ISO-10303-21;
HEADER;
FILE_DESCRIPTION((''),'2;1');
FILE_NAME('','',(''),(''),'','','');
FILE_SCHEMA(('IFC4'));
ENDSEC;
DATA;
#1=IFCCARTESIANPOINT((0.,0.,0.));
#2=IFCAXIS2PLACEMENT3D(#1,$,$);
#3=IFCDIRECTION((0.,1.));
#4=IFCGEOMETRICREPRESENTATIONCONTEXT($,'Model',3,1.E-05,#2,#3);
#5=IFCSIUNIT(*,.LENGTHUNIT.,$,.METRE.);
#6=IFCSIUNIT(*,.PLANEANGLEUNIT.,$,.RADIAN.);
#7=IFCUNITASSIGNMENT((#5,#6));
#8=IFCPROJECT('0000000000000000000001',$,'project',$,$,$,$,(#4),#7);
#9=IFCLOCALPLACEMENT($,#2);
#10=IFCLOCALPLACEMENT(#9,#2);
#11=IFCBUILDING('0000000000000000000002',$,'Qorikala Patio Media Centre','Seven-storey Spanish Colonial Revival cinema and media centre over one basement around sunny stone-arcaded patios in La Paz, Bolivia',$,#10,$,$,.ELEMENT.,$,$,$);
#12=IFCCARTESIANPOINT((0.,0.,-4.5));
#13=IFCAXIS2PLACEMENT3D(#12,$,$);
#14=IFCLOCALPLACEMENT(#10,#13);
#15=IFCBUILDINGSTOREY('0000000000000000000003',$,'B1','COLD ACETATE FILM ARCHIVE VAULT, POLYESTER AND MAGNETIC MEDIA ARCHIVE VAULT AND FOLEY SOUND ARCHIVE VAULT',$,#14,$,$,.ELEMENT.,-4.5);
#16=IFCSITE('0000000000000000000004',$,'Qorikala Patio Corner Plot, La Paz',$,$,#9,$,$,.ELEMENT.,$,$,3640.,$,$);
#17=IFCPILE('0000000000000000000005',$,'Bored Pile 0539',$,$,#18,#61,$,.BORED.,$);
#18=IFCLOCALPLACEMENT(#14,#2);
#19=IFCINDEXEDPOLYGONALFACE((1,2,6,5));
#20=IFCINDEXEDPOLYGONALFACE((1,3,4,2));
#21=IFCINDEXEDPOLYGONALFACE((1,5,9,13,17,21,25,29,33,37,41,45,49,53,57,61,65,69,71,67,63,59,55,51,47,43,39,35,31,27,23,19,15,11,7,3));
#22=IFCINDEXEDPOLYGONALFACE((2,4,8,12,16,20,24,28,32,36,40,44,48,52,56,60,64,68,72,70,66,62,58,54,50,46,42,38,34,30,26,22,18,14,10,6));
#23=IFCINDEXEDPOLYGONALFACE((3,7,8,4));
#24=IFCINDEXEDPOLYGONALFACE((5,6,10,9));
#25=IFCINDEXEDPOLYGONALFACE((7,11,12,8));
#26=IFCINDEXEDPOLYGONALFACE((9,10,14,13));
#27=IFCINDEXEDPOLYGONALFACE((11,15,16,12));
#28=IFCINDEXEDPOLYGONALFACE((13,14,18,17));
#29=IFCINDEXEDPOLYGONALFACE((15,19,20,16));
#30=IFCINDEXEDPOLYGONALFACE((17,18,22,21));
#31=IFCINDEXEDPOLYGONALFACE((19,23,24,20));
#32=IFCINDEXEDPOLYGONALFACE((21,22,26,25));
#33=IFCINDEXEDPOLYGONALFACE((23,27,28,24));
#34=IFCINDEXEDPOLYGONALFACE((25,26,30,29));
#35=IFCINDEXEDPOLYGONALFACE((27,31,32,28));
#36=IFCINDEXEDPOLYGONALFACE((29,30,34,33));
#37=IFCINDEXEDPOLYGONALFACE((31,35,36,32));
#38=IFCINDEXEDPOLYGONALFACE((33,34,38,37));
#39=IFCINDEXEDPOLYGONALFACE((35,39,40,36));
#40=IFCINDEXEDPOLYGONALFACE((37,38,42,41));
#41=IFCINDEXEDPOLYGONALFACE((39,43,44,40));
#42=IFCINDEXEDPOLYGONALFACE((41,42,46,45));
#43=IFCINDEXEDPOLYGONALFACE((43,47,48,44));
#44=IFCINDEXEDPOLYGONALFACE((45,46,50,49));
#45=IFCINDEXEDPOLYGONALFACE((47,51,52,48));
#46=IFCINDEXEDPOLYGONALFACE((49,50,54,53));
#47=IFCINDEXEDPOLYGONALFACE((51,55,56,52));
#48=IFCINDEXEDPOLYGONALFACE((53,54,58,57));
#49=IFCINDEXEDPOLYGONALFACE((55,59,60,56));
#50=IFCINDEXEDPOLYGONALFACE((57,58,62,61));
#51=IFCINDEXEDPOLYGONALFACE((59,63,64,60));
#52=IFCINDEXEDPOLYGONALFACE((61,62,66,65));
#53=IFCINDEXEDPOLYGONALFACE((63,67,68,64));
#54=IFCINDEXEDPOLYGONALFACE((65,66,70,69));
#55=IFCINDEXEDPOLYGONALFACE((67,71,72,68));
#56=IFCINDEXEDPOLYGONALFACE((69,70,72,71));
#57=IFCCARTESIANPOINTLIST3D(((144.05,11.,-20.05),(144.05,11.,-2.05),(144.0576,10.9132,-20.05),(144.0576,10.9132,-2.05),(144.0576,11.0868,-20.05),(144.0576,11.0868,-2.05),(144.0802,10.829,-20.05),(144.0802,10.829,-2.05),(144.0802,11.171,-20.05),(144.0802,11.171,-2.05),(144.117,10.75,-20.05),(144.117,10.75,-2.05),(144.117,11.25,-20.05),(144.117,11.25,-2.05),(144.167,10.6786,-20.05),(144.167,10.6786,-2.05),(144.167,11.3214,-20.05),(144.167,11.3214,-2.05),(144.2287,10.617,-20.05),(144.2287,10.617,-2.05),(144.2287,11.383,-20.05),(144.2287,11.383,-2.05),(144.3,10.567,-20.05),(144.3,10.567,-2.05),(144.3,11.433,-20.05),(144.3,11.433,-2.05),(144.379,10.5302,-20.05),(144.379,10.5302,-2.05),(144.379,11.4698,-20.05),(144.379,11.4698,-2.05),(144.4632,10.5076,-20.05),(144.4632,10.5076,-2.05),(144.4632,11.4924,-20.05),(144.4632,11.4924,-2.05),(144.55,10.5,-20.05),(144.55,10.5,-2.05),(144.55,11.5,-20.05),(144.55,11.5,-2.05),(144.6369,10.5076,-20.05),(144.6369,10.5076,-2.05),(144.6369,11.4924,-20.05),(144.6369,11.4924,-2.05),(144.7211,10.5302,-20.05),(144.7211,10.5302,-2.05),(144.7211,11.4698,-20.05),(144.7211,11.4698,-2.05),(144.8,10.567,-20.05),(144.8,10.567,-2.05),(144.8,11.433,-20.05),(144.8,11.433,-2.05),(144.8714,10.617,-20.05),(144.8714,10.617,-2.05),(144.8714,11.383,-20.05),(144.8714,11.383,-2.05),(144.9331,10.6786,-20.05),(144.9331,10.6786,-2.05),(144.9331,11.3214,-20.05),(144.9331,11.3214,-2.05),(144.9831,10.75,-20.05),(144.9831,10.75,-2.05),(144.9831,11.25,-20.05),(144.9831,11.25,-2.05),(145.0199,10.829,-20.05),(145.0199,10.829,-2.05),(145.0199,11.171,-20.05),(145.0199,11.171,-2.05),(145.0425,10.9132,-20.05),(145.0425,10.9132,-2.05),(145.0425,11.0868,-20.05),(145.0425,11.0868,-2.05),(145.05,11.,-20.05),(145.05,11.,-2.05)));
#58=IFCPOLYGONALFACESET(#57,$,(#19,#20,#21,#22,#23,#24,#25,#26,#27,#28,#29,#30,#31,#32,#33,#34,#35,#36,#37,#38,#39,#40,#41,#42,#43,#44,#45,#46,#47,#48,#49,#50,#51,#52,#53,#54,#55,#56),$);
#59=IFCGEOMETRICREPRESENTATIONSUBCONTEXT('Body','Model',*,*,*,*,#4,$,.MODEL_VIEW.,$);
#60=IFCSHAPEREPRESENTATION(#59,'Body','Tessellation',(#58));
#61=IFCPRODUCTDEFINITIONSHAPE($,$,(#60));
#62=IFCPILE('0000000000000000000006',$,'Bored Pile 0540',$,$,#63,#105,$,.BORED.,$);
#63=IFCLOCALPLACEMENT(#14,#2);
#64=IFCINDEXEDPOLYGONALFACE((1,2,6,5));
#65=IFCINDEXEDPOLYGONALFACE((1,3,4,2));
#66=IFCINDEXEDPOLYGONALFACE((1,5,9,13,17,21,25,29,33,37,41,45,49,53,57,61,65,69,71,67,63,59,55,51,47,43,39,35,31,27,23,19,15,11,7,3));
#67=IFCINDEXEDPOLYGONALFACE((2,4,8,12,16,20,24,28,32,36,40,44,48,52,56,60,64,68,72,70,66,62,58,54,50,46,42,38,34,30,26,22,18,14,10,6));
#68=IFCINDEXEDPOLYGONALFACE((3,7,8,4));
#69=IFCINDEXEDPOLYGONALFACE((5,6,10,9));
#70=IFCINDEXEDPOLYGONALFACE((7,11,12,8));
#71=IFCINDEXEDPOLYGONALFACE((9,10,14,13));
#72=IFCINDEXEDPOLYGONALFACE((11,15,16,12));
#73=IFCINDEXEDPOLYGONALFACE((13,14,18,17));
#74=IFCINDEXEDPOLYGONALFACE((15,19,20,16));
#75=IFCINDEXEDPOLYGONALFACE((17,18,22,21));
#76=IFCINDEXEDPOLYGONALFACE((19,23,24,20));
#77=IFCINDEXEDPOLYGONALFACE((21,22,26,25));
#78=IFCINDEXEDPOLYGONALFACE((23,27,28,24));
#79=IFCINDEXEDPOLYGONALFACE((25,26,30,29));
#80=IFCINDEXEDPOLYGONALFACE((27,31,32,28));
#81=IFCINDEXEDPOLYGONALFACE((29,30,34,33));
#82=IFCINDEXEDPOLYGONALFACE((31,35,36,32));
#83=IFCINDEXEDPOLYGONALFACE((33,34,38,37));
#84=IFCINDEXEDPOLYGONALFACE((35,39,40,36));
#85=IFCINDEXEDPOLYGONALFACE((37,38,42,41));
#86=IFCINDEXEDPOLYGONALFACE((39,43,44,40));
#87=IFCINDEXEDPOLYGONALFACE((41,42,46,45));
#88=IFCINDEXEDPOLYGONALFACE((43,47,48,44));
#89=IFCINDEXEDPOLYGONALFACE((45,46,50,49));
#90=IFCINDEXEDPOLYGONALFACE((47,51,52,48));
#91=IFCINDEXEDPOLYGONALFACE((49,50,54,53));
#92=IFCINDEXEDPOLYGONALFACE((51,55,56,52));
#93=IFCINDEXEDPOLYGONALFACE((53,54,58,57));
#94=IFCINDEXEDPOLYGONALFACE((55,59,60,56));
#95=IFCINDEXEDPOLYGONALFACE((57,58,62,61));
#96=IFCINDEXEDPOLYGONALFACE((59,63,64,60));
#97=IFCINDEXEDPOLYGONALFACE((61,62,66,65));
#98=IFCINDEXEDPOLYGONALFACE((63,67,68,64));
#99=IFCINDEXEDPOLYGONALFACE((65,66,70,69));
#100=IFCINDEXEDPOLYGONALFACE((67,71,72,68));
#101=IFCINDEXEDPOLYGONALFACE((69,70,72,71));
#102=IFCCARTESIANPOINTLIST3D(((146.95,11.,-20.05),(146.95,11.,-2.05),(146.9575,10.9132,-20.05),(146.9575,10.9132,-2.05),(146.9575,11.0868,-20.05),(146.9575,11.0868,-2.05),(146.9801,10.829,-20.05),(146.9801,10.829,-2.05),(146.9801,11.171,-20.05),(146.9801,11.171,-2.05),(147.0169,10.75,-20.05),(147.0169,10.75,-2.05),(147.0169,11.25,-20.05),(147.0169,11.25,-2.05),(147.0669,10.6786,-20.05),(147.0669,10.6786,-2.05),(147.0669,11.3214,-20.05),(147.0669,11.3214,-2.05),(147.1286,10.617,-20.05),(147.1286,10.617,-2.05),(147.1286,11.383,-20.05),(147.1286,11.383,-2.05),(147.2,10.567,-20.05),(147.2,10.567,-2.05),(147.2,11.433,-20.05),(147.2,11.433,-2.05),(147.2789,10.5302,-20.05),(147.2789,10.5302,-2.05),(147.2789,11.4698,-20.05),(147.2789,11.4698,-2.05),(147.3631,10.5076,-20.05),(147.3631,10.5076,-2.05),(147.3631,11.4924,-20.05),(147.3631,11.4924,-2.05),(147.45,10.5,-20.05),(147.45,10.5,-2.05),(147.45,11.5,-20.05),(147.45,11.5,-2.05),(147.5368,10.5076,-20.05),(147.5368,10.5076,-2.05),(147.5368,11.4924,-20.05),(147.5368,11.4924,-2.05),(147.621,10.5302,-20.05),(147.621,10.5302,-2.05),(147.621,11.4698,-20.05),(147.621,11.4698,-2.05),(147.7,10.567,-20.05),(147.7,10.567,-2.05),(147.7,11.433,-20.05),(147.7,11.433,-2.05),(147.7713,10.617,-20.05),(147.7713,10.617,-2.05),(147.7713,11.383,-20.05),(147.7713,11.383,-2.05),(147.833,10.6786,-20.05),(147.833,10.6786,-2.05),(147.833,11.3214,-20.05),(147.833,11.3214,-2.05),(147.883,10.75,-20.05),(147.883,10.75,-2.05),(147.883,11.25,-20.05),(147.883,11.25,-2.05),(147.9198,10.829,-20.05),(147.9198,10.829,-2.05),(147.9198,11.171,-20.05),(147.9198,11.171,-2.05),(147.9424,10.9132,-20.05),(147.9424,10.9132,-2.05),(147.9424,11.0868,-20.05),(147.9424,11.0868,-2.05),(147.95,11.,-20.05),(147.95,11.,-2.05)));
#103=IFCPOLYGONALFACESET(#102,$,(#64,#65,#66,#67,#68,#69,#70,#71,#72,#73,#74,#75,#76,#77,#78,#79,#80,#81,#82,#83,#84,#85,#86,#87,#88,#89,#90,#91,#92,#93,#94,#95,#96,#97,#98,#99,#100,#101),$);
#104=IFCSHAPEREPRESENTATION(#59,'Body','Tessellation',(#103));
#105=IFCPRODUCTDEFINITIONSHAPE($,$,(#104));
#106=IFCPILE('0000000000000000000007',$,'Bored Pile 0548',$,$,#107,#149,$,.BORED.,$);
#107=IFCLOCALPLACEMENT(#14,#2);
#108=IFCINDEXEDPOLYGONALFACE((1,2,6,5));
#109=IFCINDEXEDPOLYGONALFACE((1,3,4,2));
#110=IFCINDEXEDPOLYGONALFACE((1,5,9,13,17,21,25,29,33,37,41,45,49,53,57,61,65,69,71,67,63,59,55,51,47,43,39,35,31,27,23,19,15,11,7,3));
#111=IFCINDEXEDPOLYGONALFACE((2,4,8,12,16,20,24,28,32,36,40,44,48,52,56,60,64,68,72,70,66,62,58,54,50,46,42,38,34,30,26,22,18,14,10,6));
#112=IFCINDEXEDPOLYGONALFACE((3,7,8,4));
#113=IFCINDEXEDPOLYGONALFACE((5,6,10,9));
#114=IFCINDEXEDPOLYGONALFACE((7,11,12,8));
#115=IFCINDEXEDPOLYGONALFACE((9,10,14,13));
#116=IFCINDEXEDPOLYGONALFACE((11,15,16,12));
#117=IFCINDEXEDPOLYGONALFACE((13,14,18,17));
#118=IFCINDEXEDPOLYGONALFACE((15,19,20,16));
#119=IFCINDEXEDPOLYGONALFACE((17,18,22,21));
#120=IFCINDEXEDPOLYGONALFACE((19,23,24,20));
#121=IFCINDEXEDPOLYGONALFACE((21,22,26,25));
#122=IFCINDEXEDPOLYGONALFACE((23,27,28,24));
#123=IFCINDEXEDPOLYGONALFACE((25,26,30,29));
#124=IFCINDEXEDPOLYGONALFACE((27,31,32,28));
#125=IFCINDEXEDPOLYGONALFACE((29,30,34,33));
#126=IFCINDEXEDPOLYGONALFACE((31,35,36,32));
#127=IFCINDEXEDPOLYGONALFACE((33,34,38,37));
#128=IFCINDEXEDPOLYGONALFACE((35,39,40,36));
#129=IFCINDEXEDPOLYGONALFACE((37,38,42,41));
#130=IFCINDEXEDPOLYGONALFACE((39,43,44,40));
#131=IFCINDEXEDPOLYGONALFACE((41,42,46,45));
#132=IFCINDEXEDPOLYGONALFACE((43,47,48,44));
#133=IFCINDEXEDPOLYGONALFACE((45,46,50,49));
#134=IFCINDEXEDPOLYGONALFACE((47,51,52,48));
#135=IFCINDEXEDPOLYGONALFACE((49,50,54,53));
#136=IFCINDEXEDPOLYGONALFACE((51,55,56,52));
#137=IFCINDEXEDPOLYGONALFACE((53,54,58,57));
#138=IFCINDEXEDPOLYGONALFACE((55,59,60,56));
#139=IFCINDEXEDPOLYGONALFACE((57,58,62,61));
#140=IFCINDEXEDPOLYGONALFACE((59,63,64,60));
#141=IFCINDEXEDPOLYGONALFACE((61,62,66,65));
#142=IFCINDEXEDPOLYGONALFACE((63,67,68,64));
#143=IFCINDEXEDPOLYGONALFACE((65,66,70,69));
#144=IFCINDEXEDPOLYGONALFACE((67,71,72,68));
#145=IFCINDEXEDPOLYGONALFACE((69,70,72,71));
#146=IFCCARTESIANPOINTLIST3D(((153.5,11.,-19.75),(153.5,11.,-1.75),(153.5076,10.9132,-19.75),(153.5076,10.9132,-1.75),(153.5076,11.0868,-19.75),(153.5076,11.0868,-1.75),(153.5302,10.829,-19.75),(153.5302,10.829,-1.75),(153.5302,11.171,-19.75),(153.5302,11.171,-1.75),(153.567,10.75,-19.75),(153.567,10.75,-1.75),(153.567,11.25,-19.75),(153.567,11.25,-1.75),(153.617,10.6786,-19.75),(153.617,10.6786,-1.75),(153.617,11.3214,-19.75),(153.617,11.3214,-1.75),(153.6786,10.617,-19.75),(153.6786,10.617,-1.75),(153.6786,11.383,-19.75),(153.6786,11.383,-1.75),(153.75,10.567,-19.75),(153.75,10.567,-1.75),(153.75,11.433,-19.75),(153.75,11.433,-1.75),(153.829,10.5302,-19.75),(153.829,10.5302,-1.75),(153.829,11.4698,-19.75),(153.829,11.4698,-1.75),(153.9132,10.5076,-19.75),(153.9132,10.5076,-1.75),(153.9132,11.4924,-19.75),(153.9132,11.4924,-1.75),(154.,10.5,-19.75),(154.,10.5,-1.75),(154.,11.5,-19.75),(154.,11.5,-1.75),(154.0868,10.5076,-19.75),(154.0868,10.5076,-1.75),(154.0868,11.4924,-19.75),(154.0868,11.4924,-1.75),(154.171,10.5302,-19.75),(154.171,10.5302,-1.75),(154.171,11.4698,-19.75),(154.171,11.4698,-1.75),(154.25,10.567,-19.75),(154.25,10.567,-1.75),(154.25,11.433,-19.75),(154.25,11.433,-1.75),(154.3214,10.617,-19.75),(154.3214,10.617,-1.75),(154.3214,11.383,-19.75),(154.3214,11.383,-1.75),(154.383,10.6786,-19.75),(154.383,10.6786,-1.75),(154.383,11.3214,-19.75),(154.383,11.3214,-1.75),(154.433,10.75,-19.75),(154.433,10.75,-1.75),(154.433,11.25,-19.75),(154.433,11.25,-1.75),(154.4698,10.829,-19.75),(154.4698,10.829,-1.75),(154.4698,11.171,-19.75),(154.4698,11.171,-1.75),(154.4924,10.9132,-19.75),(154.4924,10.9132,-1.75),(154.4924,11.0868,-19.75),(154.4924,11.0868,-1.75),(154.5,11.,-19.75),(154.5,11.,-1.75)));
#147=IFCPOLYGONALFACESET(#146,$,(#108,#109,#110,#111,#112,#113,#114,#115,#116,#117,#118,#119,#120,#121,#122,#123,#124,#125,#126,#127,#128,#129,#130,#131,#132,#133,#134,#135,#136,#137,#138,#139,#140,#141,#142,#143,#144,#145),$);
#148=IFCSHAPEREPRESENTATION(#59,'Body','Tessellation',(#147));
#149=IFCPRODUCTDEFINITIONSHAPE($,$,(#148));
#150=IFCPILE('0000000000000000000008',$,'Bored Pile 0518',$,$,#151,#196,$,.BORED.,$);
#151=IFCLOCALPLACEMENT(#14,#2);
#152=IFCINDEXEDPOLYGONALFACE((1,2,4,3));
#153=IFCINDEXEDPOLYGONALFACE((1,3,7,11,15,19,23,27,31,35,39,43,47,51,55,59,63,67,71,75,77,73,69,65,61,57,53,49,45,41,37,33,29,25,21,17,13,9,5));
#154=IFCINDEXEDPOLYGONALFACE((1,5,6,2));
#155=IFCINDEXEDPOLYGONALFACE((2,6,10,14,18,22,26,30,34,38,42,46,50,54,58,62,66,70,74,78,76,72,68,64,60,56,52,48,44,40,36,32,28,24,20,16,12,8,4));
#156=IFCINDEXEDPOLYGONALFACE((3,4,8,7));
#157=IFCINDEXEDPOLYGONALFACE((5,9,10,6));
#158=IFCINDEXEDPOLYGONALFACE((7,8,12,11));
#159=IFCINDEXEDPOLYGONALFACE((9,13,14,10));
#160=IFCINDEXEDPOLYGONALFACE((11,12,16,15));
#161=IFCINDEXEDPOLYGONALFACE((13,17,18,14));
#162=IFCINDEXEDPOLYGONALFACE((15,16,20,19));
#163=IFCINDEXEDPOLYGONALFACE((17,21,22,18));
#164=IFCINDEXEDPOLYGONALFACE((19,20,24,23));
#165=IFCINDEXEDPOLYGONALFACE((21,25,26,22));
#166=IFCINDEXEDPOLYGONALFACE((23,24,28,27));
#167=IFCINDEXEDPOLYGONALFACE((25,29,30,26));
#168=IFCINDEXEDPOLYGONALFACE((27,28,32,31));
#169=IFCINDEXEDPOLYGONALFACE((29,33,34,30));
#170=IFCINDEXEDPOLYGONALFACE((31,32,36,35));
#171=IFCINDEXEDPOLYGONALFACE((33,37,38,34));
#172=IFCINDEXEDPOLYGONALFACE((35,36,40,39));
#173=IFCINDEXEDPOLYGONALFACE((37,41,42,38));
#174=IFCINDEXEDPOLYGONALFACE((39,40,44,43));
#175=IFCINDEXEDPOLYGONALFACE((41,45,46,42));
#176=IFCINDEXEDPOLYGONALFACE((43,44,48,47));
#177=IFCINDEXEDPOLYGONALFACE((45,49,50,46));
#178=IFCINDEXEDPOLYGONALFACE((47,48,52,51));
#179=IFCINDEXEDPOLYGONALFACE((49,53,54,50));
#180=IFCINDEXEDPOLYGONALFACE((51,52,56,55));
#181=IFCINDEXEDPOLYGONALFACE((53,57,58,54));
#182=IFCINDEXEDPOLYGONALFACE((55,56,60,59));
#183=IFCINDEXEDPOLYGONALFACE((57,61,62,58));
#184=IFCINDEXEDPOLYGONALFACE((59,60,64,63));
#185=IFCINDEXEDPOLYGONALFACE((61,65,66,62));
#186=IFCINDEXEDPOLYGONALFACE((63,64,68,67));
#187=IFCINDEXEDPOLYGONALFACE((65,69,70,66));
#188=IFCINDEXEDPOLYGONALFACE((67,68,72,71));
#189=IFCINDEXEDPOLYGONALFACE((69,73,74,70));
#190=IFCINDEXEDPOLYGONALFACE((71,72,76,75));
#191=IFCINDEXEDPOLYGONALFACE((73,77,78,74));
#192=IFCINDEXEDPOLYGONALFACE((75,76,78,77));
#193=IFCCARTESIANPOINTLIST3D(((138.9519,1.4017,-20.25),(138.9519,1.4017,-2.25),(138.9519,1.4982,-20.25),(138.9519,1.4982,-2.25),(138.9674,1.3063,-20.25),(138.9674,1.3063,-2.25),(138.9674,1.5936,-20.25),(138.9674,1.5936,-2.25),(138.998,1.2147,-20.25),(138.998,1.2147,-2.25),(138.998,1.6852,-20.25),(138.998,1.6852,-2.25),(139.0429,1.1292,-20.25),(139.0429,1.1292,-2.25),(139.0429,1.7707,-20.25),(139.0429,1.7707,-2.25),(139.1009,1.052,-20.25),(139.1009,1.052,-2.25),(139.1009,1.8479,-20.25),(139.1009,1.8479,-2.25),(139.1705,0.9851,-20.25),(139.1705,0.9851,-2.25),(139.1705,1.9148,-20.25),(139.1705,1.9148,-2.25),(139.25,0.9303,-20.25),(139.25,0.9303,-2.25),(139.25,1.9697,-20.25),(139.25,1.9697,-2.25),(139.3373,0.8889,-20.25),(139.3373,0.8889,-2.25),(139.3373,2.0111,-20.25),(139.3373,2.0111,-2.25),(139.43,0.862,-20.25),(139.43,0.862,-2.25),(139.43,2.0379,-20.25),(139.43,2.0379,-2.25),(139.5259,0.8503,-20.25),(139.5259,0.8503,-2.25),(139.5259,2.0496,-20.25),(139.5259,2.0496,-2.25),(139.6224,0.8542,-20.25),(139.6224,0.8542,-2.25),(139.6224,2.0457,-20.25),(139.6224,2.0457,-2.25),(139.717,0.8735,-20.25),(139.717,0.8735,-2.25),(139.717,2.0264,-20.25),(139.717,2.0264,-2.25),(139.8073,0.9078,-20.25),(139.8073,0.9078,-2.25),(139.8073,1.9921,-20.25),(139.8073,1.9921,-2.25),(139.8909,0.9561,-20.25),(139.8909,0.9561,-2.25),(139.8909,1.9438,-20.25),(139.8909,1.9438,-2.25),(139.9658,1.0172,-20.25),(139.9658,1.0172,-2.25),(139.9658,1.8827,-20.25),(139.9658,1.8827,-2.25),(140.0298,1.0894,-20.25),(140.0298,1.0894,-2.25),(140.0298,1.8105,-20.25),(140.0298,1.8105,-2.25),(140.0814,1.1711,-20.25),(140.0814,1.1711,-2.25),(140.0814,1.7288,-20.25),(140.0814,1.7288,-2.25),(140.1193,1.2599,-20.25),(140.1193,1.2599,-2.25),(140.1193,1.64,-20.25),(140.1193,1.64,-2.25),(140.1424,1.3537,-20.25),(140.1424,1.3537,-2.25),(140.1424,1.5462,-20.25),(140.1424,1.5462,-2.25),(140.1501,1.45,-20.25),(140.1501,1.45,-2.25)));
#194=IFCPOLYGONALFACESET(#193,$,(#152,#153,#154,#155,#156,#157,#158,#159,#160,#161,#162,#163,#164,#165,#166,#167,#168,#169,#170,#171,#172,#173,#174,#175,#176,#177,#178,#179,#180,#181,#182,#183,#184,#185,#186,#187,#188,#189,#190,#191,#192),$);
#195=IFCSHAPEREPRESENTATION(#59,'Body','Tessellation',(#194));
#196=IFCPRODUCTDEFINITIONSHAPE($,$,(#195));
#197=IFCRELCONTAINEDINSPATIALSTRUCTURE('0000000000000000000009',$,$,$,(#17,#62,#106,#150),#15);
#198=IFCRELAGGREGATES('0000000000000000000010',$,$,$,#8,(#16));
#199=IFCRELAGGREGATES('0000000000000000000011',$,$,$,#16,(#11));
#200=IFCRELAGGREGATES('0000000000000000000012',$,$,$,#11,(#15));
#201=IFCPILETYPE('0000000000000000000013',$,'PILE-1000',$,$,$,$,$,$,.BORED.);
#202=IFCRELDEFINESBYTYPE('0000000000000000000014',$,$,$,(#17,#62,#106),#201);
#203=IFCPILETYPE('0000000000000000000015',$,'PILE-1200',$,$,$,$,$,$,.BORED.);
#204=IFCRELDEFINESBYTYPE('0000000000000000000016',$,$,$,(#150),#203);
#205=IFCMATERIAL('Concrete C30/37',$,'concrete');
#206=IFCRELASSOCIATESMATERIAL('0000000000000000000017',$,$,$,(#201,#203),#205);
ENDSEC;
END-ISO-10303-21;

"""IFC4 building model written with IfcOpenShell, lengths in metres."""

from ifc_helpers import new_model, si_unit, direction, frame, origin, origin_2d, place, context, subcontext, project, spatial, circle, extrude, material, material_profile, profile_set, type_object, element, save


model = new_model("IFC4")

# Units and contexts
model_context = context("Model", 3, precision=1e-05, world=origin(), true_north=direction((0.0, 1.0)))
body_context = subcontext(model_context, "Body", "Model", "MODEL_VIEW")
ifc_project = project(units=[si_unit("LENGTHUNIT", "METRE"), si_unit("PLANEANGLEUNIT", "RADIAN")], contexts=[model_context])

# Site, building, storey
site_placement = place(None, origin())
site = spatial("IfcSite", under=ifc_project, at=site_placement, Name="Qorikala Patio Corner Plot, La Paz", CompositionType="ELEMENT", RefElevation=3640.0)
building_placement = place(site_placement, origin())
building = spatial("IfcBuilding", under=site, at=building_placement, Name="Qorikala Patio Media Centre", Description="Seven-storey Spanish Colonial Revival cinema and media centre over one basement around sunny stone-arcaded patios in La Paz, Bolivia", CompositionType="ELEMENT")
storey_placement = place(building_placement, frame((0.0, 0.0, -4.5)))
storey = spatial("IfcBuildingStorey", under=building, at=storey_placement, Name="B1", Description="COLD ACETATE FILM ARCHIVE VAULT, POLYESTER AND MAGNETIC MEDIA ARCHIVE VAULT AND FOLEY SOUND ARCHIVE VAULT", CompositionType="ELEMENT", Elevation=-4.5)

# Shared definitions
ifc_material_1 = material(Name="Concrete C30/37", Category="concrete")

# Piles
ifc_material_profile_1 = material_profile(ifc_material_1, circle(Radius=0.5, at=origin_2d()), Name="BORED PILE 1000")
ifc_profile_set_1 = profile_set([ifc_material_profile_1], Name="Concrete C30/37")
pile_type_1 = type_object("IfcPileType", Name="PILE-1000", PredefinedType="BORED", material=ifc_profile_set_1)
for number, where, z_axis, x_axis, name in (
    (1, (144.55, 11.0, -2.05), (0.0, 0.0, -1.0), (1.0, 0.0, 0.0), "Bored Pile 0539"),
    (2, (147.45, 11.0, -2.05), (0.0, 0.0, -1.0), (1.0, 0.0, 0.0), "Bored Pile 0540"),
    (3, (154.0, 11.0, -1.75), (0.0, 0.0, -1.0), (1.0, 0.0, 0.0), "Bored Pile 0548"),
):
    element("IfcPile", number, at=place(storey_placement, frame(where, z_axis=z_axis, x_axis=x_axis)), inside=storey, type_object=pile_type_1, Name=name, PredefinedType="BORED", context=body_context, shape_type="SweptSolid", body=[
        extrude(circle(Radius=0.5, at=origin_2d()), origin(), (0.0, 0.0, 1.0), 18.0),
    ])
ifc_material_profile_2 = material_profile(ifc_material_1, circle(Radius=0.6001, at=origin_2d()), Name="BORED PILE 1200")
ifc_profile_set_2 = profile_set([ifc_material_profile_2], Name="Concrete C30/37")
pile_type_2 = type_object("IfcPileType", Name="PILE-1200", PredefinedType="BORED", material=ifc_profile_set_2)
for number, where, z_axis, x_axis, name in (
    (4, (139.55, 1.45, -2.25), (0.0, 0.0, -1.0), (1.0, 0.0, 0.0), "Bored Pile 0518"),
):
    element("IfcPile", number, at=place(storey_placement, frame(where, z_axis=z_axis, x_axis=x_axis)), inside=storey, type_object=pile_type_2, Name=name, PredefinedType="BORED", context=body_context, shape_type="SweptSolid", body=[
        extrude(circle(Radius=0.6001, at=origin_2d()), origin(), (0.0, 0.0, 1.0), 18.0),
    ])

save(model, "model.ifc")
